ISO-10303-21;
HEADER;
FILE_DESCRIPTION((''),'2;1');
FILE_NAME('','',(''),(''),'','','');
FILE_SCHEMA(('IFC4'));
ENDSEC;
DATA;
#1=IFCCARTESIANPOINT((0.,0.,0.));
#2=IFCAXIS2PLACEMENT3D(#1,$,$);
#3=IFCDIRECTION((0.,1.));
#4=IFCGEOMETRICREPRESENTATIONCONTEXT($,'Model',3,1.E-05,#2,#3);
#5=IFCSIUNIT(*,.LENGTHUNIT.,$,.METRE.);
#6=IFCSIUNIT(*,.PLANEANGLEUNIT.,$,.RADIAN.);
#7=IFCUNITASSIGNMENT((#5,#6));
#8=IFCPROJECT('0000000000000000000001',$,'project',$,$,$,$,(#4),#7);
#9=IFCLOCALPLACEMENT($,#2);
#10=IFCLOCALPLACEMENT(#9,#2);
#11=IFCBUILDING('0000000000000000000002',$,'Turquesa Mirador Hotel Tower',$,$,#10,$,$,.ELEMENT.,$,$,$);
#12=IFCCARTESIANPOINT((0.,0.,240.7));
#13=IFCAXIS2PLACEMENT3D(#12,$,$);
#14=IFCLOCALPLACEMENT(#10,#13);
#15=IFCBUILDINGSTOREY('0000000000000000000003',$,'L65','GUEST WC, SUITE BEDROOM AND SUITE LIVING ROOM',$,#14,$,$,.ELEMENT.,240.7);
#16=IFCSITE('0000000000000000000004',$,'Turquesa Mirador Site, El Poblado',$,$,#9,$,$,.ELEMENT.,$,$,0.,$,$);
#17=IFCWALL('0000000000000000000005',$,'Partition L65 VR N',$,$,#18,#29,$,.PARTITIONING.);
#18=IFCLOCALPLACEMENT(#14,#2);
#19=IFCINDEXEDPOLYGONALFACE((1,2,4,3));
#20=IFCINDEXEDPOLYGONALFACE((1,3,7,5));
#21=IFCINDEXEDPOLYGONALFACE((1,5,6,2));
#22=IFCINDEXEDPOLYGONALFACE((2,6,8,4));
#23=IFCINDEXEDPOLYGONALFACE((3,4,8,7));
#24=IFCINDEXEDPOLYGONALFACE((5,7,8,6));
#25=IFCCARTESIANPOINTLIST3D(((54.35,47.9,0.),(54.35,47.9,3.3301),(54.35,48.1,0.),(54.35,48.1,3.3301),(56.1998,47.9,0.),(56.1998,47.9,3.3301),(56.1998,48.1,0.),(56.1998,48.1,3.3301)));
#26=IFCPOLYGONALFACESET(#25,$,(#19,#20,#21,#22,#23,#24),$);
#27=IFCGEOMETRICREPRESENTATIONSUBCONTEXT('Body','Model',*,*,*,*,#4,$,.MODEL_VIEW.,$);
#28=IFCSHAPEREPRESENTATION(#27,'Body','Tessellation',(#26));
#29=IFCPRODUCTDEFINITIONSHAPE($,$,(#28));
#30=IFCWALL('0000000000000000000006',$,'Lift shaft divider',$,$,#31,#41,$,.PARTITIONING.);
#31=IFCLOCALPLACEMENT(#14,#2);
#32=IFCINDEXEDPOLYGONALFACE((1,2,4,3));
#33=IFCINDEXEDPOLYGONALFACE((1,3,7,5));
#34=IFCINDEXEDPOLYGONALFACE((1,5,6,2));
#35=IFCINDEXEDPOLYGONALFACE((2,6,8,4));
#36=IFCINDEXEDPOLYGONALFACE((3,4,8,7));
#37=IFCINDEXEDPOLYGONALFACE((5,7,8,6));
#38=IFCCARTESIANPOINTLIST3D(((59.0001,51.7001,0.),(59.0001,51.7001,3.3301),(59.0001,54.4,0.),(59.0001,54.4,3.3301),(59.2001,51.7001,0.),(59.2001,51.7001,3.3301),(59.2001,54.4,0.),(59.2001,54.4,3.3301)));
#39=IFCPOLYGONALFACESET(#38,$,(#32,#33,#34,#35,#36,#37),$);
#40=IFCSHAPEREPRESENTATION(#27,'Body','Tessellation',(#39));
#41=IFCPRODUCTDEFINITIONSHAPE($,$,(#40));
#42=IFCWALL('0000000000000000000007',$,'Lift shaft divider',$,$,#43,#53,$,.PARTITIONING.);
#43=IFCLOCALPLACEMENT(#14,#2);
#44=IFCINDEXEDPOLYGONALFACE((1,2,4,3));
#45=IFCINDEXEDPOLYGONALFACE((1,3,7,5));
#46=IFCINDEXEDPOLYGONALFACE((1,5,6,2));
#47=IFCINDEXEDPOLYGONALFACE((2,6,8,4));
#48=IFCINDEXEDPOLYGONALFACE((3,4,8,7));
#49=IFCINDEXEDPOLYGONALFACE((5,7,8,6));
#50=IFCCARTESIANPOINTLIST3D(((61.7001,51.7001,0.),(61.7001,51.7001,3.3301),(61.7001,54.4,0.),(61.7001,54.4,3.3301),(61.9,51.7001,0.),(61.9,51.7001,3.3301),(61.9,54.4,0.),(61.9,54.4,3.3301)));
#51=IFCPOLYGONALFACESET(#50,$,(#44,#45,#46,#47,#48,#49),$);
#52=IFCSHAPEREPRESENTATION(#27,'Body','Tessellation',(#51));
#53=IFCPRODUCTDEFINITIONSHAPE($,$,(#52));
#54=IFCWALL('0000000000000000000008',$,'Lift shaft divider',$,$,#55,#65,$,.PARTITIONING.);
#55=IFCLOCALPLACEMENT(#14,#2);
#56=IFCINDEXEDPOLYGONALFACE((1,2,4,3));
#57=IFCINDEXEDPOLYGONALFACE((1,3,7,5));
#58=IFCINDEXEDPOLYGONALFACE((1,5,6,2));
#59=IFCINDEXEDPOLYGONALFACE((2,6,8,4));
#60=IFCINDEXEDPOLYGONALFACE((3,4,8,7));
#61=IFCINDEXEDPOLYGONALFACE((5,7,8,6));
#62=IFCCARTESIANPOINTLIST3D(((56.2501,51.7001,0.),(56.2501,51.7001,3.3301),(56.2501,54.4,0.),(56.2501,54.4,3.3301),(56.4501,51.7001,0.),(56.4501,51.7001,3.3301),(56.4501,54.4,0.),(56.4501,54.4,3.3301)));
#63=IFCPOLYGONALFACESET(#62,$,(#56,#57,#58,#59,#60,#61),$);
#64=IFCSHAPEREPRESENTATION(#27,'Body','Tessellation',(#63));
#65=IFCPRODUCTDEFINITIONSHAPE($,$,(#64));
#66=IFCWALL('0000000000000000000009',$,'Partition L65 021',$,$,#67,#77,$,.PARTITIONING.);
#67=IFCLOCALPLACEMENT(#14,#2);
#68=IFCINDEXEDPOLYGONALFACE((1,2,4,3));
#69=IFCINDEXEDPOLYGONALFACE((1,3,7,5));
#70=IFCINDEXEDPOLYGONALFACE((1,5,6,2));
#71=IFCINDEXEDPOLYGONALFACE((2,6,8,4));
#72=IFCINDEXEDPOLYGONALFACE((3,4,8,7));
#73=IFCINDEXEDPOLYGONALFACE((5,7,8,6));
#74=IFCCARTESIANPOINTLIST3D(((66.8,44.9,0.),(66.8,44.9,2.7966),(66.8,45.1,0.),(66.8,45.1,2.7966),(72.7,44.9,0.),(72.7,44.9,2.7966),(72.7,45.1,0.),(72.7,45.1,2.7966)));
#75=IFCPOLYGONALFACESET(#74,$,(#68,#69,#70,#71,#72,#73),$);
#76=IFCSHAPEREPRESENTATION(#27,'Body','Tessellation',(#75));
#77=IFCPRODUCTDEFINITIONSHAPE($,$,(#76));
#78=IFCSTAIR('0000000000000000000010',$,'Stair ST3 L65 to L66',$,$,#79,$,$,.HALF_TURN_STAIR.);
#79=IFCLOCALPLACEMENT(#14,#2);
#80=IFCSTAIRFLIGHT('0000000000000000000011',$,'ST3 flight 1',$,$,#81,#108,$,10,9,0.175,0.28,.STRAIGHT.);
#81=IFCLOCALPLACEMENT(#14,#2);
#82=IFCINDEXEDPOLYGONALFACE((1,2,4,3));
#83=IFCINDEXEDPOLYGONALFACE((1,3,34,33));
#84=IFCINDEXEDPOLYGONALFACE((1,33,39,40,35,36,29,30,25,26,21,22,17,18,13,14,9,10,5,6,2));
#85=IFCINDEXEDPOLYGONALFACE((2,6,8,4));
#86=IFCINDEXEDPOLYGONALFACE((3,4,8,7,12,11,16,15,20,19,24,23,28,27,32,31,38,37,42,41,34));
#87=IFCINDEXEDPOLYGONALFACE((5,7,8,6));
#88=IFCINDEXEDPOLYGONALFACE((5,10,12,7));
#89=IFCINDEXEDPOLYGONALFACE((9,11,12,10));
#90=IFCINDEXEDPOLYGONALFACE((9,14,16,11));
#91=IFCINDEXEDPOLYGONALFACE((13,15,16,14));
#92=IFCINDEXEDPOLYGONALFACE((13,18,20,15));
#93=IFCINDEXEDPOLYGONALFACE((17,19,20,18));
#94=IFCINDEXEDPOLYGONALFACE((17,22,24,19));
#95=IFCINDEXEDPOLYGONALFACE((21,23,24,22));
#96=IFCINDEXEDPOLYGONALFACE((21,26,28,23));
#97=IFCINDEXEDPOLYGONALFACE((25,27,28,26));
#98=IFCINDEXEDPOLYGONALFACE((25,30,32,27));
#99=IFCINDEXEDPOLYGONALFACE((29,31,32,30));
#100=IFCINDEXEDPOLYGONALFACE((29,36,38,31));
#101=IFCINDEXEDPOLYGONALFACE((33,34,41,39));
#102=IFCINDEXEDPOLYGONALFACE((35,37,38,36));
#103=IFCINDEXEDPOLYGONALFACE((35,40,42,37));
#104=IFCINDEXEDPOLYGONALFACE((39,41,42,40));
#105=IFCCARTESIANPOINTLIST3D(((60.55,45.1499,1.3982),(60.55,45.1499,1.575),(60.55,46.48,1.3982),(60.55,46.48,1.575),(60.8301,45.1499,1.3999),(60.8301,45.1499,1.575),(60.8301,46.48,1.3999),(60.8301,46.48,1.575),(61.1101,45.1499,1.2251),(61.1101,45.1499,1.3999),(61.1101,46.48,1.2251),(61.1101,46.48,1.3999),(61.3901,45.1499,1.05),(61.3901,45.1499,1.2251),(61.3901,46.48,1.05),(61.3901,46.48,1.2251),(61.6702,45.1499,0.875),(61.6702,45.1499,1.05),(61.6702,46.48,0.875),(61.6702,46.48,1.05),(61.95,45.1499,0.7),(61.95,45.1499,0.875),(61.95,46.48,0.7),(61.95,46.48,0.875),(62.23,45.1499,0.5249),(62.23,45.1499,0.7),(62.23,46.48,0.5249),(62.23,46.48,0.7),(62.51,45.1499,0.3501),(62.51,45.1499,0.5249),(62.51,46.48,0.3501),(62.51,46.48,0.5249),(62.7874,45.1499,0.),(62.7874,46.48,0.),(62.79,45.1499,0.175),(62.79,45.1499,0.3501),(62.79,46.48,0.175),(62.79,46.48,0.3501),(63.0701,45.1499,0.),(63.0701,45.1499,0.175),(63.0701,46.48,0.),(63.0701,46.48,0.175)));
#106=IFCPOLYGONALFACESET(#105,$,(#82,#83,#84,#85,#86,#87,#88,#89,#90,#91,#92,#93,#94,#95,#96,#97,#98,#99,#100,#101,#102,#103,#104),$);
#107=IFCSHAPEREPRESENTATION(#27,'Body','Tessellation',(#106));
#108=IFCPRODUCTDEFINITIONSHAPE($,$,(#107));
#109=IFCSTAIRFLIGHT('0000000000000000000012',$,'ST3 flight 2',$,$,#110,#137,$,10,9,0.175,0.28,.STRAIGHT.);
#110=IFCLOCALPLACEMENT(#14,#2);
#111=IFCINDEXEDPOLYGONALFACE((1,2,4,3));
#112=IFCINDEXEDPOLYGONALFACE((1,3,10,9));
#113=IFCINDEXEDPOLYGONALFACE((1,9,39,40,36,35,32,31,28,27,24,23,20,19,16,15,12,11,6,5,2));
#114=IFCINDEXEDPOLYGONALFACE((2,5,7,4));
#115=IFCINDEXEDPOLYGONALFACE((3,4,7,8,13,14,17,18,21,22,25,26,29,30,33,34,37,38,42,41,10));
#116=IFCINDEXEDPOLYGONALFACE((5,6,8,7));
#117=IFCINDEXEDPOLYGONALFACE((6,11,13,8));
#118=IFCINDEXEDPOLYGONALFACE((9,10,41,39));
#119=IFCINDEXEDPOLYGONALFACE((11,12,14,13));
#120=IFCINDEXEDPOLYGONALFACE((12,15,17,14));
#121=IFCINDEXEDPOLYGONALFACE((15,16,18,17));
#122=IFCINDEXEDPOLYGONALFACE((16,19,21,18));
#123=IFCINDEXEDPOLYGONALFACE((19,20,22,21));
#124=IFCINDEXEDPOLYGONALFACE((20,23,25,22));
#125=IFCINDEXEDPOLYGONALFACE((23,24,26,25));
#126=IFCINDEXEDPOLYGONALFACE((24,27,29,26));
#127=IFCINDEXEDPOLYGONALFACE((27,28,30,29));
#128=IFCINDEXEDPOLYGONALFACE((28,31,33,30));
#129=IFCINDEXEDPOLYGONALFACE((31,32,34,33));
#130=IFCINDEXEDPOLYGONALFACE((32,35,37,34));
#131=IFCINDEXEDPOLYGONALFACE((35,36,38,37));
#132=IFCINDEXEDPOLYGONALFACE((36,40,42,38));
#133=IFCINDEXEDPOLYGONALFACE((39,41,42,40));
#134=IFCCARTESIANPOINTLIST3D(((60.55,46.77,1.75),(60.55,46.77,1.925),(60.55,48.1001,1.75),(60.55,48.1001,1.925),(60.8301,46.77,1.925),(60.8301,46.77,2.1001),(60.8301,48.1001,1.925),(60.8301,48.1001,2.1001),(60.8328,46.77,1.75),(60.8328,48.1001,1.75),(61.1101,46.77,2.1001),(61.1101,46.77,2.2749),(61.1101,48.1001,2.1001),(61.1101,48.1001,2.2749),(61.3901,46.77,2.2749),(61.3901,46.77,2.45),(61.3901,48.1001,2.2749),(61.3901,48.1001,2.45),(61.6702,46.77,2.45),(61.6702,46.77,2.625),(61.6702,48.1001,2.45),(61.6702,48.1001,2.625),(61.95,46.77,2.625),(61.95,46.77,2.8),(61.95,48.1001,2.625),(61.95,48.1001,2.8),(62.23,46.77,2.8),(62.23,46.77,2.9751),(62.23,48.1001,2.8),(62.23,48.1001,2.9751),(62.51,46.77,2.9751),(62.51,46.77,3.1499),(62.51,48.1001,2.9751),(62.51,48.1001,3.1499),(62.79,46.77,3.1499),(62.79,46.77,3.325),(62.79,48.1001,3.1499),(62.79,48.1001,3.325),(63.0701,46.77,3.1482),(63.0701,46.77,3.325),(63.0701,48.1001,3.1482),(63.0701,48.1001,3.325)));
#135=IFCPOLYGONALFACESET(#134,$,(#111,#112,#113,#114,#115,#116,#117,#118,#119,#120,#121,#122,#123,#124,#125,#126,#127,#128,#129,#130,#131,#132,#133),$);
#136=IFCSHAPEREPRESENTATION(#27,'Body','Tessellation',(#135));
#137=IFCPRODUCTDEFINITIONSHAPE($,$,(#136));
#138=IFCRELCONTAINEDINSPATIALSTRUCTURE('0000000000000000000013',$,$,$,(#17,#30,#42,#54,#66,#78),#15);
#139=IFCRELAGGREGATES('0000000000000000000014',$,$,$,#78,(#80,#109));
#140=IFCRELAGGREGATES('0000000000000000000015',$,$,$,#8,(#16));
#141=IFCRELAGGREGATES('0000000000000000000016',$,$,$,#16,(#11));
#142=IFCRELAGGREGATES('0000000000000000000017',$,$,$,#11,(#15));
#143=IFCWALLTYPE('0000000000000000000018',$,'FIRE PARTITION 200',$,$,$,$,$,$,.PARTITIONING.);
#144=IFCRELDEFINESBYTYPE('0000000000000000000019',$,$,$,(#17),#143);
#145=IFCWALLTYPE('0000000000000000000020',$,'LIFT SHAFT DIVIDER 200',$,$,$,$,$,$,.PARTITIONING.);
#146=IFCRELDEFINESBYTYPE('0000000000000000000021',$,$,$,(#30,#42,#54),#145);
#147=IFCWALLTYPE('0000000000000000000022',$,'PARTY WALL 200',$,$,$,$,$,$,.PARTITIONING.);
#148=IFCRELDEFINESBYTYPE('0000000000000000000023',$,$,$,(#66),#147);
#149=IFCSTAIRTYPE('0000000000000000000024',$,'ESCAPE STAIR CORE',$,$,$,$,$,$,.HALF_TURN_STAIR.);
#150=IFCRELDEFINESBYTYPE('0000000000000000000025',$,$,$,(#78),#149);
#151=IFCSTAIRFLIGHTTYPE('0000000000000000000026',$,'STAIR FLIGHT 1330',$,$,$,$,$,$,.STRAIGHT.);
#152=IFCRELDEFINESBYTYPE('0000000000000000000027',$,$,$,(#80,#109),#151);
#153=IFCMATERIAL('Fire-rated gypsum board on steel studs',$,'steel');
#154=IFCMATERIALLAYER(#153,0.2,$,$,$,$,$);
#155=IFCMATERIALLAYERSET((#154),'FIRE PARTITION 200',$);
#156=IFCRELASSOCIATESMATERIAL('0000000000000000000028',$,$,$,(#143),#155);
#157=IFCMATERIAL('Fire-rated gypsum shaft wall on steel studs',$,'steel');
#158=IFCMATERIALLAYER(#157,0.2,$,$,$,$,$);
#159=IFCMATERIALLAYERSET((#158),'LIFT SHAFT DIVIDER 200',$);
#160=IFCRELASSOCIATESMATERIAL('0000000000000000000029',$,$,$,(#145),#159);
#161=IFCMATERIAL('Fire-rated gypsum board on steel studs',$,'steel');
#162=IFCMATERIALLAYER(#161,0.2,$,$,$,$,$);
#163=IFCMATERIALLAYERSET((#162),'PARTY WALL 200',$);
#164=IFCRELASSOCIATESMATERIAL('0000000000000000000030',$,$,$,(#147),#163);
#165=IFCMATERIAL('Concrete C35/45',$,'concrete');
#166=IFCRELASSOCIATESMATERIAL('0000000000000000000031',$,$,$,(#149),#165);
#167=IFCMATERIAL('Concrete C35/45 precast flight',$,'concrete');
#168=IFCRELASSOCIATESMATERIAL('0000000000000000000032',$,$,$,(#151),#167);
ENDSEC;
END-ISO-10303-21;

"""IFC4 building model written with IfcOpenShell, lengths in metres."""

from ifc_helpers import new_model, si_unit, direction, frame, frame_2d, origin, place, context, subcontext, project, spatial, polyline, rectangle, outline, extrude, material, layer, layer_set, type_object, element, aggregate, save


model = new_model("IFC4")

# Units and contexts
model_context = context("Model", 3, precision=1e-05, world=origin(), true_north=direction((0.0, 1.0)))
body_context = subcontext(model_context, "Body", "Model", "MODEL_VIEW")
ifc_project = project(units=[si_unit("LENGTHUNIT", "METRE"), si_unit("PLANEANGLEUNIT", "RADIAN")], contexts=[model_context])

# Site, building, storey
site_placement = place(None, origin())
site = spatial("IfcSite", under=ifc_project, at=site_placement, Name="Turquesa Mirador Site, El Poblado", CompositionType="ELEMENT", RefElevation=0.0)
building_placement = place(site_placement, origin())
building = spatial("IfcBuilding", under=site, at=building_placement, Name="Turquesa Mirador Hotel Tower", CompositionType="ELEMENT")
storey_placement = place(building_placement, frame((0.0, 0.0, 240.7)))
storey = spatial("IfcBuildingStorey", under=building, at=storey_placement, Name="L65", Description="GUEST WC, SUITE BEDROOM AND SUITE LIVING ROOM", CompositionType="ELEMENT", Elevation=240.7)

# Shared definitions
ifc_material_1 = material(Name="Fire-rated gypsum board on steel studs", Category="steel")
ifc_layer_1 = layer(ifc_material_1, 0.2)
ifc_layer_set_1 = layer_set([ifc_layer_1], Name="FIRE PARTITION 200")
wall_type_1 = type_object("IfcWallType", Name="FIRE PARTITION 200", PredefinedType="PARTITIONING", material=ifc_layer_set_1)

# Walls
wall_1_placement = place(storey_placement, frame((54.3501, 48.0, 0.0), z_axis=(0.0, 0.0, 1.0), x_axis=(1.0, 0.0, 0.0)))
element("IfcWall", 1, at=wall_1_placement, inside=storey, type_object=wall_type_1, Name="Partition L65 VR N", PredefinedType="PARTITIONING", context=body_context, shape_type="SweptSolid", body=[
    extrude(rectangle(XDim=1.8499, YDim=0.2, at=frame_2d((0.9248, 0.0))), origin(), (0.0, 0.0, 1.0), 3.3301),
])
ifc_material_2 = material(Name="Fire-rated gypsum shaft wall on steel studs", Category="steel")
ifc_layer_2 = layer(ifc_material_2, 0.2)
ifc_layer_set_2 = layer_set([ifc_layer_2], Name="LIFT SHAFT DIVIDER 200")
wall_type_2 = type_object("IfcWallType", Name="LIFT SHAFT DIVIDER 200", PredefinedType="PARTITIONING", material=ifc_layer_set_2)
for number, where, z_axis, x_axis, name in (
    (2, (59.1001, 51.7, 0.0), (0.0, 0.0, 1.0), (0.0, 1.0, 0.0), "Lift shaft divider"),
    (3, (61.8, 51.7, 0.0), (0.0, 0.0, 1.0), (0.0, 1.0, 0.0), "Lift shaft divider"),
    (4, (56.3501, 51.7, 0.0), (0.0, 0.0, 1.0), (0.0, 1.0, 0.0), "Lift shaft divider"),
):
    element("IfcWall", number, at=place(storey_placement, frame(where, z_axis=z_axis, x_axis=x_axis)), inside=storey, type_object=wall_type_2, Name=name, PredefinedType="PARTITIONING", context=body_context, shape_type="SweptSolid", body=[
        extrude(rectangle(XDim=2.7, YDim=0.2, at=frame_2d((1.3501, 0.0))), origin(), (0.0, 0.0, 1.0), 3.3301),
    ])
ifc_material_3 = material(Name="Fire-rated gypsum board on steel studs", Category="steel")
ifc_layer_3 = layer(ifc_material_3, 0.2)
ifc_layer_set_3 = layer_set([ifc_layer_3], Name="PARTY WALL 200")
wall_type_3 = type_object("IfcWallType", Name="PARTY WALL 200", PredefinedType="PARTITIONING", material=ifc_layer_set_3)
wall_2_placement = place(storey_placement, frame((66.8, 45.0, 0.0), z_axis=(0.0, 0.0, 1.0), x_axis=(1.0, 0.0, 0.0)))
element("IfcWall", 5, at=wall_2_placement, inside=storey, type_object=wall_type_3, Name="Partition L65 021", PredefinedType="PARTITIONING", context=body_context, shape_type="SweptSolid", body=[
    extrude(rectangle(XDim=5.8999, YDim=0.2, at=frame_2d((2.95, 0.0))), origin(), (0.0, 0.0, 1.0), 2.7966),
])

# Stair, stair flights
ifc_material_4 = material(Name="Concrete C35/45", Category="concrete")
stair_type = type_object("IfcStairType", Name="ESCAPE STAIR CORE", PredefinedType="HALF_TURN_STAIR", material=ifc_material_4)
stair_placement = place(storey_placement, origin())
stair = element("IfcStair", 6, at=stair_placement, inside=storey, type_object=stair_type, Name="Stair ST3 L65 to L66", PredefinedType="HALF_TURN_STAIR")
ifc_material_5 = material(Name="Concrete C35/45 precast flight", Category="concrete")
stair_flight_type = type_object("IfcStairFlightType", Name="STAIR FLIGHT 1330", PredefinedType="STRAIGHT", material=ifc_material_5)
stair_flight_1_placement = place(storey_placement, frame((63.0701, 45.8149, 0.0), z_axis=(0.0, 0.0, 1.0), x_axis=(-1.0, 0.0, 0.0)))
stair_flight_1 = element("IfcStairFlight", 7, at=stair_flight_1_placement, type_object=stair_flight_type, Name="ST3 flight 1", NumberOfRisers=10, NumberOfTreads=9, PredefinedType="STRAIGHT", RiserHeight=0.175, TreadLength=0.28, context=body_context, shape_type="SweptSolid", body=[
    extrude(outline(polyline([(0.0, 0.0), (0.0, 0.175), (0.28, 0.175), (0.28, 0.3501), (0.5601, 0.3501), (0.5601, 0.5249), (0.8401, 0.5249), (0.8401, 0.7), (1.1201, 0.7), (1.1201, 0.875), (1.3999, 0.875), (1.3999, 1.05), (1.6799, 1.05), (1.6799, 1.2251), (1.96, 1.2251), (1.96, 1.3999), (2.24, 1.3999), (2.24, 1.575), (2.52, 1.575), (2.52, 1.75), (2.52, 1.3982), (0.2827, 0.0), (0.0, 0.0)])), frame((0.0, 0.665, 0.0), z_axis=(0.0, -1.0, 0.0), x_axis=(1.0, 0.0, 0.0)), (0.0, 0.0, 1.0), 1.3301),
])
stair_flight_2_placement = place(storey_placement, frame((60.55, 47.4351, 1.75), z_axis=(0.0, 0.0, 1.0), x_axis=(1.0, 0.0, 0.0)))
stair_flight_2 = element("IfcStairFlight", 8, at=stair_flight_2_placement, type_object=stair_flight_type, Name="ST3 flight 2", NumberOfRisers=10, NumberOfTreads=9, PredefinedType="STRAIGHT", RiserHeight=0.175, TreadLength=0.28, context=body_context, shape_type="SweptSolid", body=[
    extrude(outline(polyline([(0.0, 0.0), (0.0, 0.175), (0.28, 0.175), (0.28, 0.3501), (0.5601, 0.3501), (0.5601, 0.5249), (0.8401, 0.5249), (0.8401, 0.7), (1.1201, 0.7), (1.1201, 0.875), (1.3999, 0.875), (1.3999, 1.05), (1.6799, 1.05), (1.6799, 1.2251), (1.96, 1.2251), (1.96, 1.3999), (2.24, 1.3999), (2.24, 1.575), (2.52, 1.575), (2.52, 1.75), (2.52, 1.3982), (0.2827, 0.0), (0.0, 0.0)])), frame((0.0, 0.665, 0.0), z_axis=(0.0, -1.0, 0.0), x_axis=(1.0, 0.0, 0.0)), (0.0, 0.0, 1.0), 1.3301),
])
aggregate(stair, [stair_flight_1, stair_flight_2])

save(model, "model.ifc")
